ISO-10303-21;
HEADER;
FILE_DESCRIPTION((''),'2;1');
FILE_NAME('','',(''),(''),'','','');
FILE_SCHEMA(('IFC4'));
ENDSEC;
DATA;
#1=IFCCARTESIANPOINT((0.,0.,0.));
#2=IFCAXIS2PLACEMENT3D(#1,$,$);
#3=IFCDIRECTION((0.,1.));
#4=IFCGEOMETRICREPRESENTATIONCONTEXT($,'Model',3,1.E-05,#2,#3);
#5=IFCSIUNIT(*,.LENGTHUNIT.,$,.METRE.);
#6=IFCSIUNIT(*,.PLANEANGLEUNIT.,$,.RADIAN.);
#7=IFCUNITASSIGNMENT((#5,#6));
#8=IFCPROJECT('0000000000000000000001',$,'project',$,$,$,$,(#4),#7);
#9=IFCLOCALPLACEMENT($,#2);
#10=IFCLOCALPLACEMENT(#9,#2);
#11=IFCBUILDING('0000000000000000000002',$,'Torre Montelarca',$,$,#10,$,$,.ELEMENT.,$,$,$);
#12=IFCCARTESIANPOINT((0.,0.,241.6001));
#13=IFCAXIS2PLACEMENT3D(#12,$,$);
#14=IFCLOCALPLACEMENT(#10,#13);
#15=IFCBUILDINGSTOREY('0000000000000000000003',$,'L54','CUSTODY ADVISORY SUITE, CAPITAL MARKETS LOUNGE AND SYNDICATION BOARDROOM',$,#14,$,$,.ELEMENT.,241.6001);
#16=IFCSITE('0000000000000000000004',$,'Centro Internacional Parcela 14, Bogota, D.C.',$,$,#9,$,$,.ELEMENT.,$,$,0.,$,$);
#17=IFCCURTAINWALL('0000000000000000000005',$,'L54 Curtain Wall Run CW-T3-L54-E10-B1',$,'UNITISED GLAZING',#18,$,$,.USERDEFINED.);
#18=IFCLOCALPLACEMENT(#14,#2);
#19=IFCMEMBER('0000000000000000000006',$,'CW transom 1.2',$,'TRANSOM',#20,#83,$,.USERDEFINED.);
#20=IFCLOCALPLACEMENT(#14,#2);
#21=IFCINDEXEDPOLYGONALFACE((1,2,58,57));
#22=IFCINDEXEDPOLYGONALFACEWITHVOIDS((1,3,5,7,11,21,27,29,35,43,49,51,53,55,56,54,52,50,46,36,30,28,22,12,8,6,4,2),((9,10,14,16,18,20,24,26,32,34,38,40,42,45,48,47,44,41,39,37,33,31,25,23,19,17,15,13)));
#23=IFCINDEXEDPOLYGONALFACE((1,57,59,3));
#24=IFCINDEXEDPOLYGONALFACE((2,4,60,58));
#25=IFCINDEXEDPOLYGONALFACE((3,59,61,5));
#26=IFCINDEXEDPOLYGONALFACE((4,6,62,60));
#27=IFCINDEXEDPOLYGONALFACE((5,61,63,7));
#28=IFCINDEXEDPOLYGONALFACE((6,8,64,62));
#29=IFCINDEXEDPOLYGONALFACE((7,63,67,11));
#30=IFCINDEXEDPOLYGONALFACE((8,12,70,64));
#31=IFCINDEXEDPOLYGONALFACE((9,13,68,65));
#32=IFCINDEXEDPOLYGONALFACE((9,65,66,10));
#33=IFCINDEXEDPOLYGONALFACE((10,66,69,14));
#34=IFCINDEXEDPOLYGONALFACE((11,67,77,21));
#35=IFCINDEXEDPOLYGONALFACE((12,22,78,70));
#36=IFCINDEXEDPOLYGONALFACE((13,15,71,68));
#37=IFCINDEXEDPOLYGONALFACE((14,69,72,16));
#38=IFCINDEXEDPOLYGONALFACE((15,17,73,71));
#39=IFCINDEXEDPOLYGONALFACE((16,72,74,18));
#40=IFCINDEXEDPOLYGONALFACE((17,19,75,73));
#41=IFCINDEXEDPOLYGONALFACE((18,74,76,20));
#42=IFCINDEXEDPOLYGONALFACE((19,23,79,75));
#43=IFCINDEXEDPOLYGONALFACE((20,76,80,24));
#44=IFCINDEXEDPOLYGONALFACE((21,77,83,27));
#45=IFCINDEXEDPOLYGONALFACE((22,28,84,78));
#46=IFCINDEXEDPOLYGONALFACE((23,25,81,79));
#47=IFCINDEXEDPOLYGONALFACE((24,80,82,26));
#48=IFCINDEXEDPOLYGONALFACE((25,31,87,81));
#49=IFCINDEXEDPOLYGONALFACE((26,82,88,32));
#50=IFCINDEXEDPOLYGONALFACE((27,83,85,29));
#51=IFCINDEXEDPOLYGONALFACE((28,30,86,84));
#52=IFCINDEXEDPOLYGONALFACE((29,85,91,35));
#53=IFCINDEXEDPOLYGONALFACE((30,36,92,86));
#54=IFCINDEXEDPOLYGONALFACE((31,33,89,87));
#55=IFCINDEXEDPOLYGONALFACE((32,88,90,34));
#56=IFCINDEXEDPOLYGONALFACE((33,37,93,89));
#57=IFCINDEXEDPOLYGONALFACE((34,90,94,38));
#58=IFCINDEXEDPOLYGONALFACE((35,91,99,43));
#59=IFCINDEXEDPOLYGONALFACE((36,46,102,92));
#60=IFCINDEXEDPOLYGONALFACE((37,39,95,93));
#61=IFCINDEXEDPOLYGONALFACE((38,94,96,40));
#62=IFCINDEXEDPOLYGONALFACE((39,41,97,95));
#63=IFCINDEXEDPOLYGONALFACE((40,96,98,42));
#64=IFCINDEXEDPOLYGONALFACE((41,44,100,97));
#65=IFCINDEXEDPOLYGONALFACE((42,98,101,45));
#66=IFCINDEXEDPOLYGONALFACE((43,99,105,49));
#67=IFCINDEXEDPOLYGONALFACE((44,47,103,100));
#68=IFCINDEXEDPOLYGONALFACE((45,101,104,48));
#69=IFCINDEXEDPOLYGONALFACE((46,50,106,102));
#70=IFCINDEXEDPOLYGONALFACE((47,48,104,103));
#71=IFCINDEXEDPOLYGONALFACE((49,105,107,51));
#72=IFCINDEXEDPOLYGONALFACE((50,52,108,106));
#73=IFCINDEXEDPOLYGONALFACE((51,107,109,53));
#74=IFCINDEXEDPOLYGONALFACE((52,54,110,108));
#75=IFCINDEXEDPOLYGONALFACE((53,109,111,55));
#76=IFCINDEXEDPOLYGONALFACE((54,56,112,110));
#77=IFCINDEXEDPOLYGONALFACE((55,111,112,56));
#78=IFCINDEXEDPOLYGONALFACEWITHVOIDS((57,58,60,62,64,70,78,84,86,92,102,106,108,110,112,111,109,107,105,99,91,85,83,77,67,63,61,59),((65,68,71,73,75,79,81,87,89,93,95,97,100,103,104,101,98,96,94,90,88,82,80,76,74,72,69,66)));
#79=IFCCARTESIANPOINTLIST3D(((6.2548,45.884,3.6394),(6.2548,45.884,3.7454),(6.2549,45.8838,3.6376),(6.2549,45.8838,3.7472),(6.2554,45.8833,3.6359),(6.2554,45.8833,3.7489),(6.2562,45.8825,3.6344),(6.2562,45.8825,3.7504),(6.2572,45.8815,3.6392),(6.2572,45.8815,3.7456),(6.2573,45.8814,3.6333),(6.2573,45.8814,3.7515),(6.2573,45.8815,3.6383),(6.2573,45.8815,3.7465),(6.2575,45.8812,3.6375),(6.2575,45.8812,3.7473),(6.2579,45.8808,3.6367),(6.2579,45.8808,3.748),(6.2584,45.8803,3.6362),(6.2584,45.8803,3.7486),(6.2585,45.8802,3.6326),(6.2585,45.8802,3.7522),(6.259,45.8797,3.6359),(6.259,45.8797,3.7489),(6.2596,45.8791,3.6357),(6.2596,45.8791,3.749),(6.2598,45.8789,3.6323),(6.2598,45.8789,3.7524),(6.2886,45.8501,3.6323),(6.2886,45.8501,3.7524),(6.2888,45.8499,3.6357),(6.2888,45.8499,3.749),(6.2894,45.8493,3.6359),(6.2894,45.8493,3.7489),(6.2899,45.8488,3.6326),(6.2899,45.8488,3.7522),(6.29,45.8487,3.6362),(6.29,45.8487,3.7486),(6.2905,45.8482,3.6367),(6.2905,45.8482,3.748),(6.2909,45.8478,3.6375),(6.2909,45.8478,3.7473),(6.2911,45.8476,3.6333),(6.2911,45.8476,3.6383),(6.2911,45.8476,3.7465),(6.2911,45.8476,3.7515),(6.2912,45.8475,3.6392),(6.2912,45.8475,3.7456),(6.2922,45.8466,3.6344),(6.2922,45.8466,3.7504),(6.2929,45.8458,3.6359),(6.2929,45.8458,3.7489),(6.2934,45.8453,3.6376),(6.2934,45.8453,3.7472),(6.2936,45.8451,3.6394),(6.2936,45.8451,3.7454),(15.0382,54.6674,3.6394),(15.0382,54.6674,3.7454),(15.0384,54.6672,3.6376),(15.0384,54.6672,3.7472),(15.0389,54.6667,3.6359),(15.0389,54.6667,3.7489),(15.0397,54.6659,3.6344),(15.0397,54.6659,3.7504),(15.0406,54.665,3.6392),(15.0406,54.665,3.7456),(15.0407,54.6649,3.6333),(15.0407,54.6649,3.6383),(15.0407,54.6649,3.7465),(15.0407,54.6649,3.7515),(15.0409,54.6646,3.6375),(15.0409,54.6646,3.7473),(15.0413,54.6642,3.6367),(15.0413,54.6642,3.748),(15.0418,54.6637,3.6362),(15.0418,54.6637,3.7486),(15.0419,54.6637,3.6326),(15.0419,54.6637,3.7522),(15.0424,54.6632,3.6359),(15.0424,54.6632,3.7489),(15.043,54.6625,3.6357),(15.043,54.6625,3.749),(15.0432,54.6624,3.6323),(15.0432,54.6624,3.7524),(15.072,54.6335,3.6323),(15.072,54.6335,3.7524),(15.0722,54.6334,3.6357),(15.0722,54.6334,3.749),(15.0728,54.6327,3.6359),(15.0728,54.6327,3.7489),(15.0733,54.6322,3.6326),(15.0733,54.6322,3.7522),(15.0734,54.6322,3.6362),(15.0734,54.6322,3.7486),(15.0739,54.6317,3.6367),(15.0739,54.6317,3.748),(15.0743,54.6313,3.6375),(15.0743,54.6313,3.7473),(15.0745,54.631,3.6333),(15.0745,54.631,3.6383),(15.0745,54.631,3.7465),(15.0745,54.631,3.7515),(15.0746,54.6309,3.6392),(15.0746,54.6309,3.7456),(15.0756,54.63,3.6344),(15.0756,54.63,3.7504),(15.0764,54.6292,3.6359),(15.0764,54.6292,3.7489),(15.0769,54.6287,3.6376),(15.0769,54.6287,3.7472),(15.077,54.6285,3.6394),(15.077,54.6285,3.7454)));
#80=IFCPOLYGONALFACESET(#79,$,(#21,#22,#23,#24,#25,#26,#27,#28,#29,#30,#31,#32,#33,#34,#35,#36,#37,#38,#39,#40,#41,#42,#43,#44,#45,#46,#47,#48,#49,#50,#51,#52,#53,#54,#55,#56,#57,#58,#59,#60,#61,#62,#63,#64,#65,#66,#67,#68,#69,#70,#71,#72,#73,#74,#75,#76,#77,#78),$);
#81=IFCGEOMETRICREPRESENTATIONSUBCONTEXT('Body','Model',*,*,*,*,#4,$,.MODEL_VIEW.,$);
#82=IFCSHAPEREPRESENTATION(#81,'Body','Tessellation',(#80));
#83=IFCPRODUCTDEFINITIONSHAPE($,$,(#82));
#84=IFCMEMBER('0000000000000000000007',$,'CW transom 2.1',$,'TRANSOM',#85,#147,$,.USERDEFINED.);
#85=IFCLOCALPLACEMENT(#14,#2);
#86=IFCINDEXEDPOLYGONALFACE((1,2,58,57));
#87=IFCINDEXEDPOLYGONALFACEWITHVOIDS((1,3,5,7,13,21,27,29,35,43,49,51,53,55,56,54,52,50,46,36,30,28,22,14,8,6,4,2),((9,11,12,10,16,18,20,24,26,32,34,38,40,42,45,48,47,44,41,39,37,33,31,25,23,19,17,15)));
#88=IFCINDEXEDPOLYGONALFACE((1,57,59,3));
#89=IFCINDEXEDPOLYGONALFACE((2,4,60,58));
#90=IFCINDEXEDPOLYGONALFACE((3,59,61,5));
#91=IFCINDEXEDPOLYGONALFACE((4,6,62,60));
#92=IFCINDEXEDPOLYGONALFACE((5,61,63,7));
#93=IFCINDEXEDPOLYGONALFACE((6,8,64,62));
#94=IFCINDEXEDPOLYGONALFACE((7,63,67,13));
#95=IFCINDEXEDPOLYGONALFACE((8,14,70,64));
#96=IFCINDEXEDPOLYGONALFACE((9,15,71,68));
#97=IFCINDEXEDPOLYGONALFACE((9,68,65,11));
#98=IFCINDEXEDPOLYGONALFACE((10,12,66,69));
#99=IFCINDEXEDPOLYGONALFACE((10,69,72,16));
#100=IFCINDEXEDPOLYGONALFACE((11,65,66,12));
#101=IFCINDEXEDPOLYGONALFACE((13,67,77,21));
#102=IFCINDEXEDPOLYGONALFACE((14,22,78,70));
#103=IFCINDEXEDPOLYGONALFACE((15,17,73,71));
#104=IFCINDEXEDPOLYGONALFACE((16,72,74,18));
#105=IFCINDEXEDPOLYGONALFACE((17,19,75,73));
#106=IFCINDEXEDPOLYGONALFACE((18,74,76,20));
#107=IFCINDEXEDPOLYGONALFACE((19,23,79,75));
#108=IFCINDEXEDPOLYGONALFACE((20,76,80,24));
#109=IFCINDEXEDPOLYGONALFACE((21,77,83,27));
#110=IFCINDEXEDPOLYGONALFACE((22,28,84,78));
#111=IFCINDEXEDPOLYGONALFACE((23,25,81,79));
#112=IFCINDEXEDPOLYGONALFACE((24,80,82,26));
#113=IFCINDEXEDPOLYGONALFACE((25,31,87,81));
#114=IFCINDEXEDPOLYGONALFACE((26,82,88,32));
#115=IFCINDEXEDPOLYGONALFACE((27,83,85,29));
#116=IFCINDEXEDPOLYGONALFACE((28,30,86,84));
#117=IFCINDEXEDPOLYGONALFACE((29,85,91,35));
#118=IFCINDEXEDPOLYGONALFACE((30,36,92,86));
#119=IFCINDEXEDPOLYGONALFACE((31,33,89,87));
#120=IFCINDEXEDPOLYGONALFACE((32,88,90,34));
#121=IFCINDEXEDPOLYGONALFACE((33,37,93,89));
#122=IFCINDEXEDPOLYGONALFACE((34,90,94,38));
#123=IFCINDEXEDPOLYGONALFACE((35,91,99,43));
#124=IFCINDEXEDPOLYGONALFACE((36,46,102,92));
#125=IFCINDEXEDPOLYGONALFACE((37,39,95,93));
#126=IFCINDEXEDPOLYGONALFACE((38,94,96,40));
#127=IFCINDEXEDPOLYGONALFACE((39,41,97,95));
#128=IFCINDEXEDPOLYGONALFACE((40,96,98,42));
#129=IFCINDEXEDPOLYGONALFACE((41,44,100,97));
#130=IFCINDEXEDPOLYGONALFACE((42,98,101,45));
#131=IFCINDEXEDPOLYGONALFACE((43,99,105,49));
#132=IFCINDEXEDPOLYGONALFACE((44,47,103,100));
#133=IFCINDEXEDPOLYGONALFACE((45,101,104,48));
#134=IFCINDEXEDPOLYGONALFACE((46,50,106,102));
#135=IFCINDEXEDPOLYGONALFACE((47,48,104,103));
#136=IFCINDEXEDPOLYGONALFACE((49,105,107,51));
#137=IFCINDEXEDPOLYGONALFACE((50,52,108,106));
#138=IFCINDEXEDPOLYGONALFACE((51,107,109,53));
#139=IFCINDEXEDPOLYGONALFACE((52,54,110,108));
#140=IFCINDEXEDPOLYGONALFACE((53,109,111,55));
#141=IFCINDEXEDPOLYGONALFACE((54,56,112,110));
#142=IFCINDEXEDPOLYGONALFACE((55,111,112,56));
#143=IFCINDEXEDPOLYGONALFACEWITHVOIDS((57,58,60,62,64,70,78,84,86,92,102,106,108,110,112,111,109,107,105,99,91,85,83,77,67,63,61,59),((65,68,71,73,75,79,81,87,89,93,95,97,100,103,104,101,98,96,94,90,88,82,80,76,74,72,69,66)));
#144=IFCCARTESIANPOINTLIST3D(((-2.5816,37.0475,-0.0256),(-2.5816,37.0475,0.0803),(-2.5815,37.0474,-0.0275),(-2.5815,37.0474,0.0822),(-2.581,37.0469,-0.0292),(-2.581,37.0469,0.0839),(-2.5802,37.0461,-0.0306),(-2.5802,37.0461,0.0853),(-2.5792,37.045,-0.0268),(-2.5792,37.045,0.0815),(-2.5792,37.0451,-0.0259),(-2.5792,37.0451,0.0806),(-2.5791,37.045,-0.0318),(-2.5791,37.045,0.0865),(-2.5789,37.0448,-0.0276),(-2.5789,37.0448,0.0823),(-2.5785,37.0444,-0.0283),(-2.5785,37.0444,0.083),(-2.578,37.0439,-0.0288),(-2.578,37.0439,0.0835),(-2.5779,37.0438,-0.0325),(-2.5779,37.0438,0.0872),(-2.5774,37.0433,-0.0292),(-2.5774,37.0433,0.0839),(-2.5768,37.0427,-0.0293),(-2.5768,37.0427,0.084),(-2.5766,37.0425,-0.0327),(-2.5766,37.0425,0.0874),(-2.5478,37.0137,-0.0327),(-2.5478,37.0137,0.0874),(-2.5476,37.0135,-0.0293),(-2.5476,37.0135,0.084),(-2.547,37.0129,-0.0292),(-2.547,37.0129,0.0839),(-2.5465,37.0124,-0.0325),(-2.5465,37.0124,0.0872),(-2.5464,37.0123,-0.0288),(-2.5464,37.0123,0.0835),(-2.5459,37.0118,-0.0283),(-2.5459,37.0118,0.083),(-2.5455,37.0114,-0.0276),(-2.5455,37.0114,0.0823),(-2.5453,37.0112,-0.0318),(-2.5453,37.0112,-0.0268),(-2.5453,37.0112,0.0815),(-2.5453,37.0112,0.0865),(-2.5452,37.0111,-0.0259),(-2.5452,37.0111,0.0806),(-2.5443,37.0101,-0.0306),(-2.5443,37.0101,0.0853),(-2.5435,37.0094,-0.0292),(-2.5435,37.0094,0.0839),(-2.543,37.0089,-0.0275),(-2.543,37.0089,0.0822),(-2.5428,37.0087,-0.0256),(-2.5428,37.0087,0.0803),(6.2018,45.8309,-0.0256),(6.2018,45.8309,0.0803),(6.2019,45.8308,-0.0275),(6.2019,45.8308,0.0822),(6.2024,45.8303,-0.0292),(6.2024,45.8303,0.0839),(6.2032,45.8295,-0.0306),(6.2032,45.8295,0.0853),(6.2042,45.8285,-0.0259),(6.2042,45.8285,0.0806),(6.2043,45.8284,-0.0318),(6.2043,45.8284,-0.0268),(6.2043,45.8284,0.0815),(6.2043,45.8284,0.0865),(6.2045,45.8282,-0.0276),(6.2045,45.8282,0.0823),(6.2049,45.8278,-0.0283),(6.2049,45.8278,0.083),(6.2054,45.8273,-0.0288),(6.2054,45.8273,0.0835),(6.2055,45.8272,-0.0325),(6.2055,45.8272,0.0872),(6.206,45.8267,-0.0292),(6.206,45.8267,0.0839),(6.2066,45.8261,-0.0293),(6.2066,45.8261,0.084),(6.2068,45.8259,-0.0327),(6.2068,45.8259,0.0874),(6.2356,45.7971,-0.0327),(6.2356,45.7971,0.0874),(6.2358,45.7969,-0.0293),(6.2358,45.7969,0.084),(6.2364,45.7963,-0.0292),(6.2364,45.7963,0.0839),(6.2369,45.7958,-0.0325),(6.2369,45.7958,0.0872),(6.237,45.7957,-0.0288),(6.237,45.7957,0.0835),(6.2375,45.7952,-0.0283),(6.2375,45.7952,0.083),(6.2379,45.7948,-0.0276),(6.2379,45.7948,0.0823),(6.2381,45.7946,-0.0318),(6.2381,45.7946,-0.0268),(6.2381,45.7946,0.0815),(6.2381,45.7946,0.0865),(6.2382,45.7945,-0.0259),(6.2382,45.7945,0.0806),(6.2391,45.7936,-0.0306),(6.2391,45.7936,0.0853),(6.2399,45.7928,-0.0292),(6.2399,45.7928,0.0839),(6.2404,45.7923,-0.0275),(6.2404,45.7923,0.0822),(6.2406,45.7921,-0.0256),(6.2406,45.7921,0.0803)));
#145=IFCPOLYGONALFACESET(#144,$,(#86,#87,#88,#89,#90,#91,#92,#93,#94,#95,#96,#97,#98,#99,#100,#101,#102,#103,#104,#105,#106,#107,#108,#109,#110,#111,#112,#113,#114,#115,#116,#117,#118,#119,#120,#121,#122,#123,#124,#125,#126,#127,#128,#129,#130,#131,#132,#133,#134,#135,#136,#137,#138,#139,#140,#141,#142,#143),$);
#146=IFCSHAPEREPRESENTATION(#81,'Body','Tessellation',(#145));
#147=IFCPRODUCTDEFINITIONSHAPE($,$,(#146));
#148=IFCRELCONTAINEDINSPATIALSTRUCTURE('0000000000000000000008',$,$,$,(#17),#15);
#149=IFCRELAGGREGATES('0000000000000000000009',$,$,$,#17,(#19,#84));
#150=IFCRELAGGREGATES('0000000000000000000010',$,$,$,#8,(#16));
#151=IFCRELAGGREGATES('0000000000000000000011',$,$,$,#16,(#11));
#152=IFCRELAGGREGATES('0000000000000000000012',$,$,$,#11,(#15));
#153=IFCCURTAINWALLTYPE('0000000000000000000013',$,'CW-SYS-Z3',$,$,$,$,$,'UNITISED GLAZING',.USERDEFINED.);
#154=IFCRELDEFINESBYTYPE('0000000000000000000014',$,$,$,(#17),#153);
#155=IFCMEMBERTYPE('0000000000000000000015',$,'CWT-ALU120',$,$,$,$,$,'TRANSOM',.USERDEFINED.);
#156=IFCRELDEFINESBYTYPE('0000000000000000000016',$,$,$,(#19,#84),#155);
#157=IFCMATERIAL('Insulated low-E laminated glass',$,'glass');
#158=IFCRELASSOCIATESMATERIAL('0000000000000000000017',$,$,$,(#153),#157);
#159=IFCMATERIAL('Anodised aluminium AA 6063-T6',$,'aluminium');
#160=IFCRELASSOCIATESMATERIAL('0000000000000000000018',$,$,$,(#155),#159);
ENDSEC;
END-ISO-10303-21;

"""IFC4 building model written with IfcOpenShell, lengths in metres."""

from ifc_helpers import new_model, si_unit, direction, frame, origin, origin_2d, place, context, subcontext, project, spatial, hollow_rectangle, extrude, source, transform, mapped, material, material_profile, profile_set, type_object, element, aggregate, save


model = new_model("IFC4")

# Units and contexts
model_context = context("Model", 3, precision=1e-05, world=origin(), true_north=direction((0.0, 1.0)))
body_context = subcontext(model_context, "Body", "Model", "MODEL_VIEW")
ifc_project = project(units=[si_unit("LENGTHUNIT", "METRE"), si_unit("PLANEANGLEUNIT", "RADIAN")], contexts=[model_context])

# Site, building, storey
site_placement = place(None, origin())
site = spatial("IfcSite", under=ifc_project, at=site_placement, Name="Centro Internacional Parcela 14, Bogota, D.C.", CompositionType="ELEMENT", RefElevation=0.0)
building_placement = place(site_placement, origin())
building = spatial("IfcBuilding", under=site, at=building_placement, Name="Torre Montelarca", CompositionType="ELEMENT")
storey_placement = place(building_placement, frame((0.0, 0.0, 241.6001)))
storey = spatial("IfcBuildingStorey", under=building, at=storey_placement, Name="L54", Description="CUSTODY ADVISORY SUITE, CAPITAL MARKETS LOUNGE AND SYNDICATION BOARDROOM", CompositionType="ELEMENT", Elevation=241.6001)

# Curtain wall, members
ifc_material_1 = material(Name="Insulated low-E laminated glass", Category="glass")
curtain_wall_type = type_object("IfcCurtainWallType", Name="CW-SYS-Z3", ElementType="UNITISED GLAZING", PredefinedType="USERDEFINED", material=ifc_material_1)
curtain_wall_1_placement = place(storey_placement, origin())
curtain_wall_1 = element("IfcCurtainWall", 1, at=curtain_wall_1_placement, inside=storey, type_object=curtain_wall_type, Name="L54 Curtain Wall Run CW-T3-L54-E10-B1", ObjectType="UNITISED GLAZING", PredefinedType="USERDEFINED")
ifc_material_2 = material(Name="Anodised aluminium AA 6063-T6", Category="aluminium")
ifc_material_profile_1 = material_profile(ifc_material_2, hollow_rectangle(XDim=0.0549, YDim=0.1201, WallThickness=0.0034, InnerFilletRadius=0.0034, OuterFilletRadius=0.0071, at=origin_2d()), Name="ALU55X120X3.5", Category="aluminium")
ifc_profile_set_1 = profile_set([ifc_material_profile_1], Name="Anodised aluminium AA 6063-T6")
member_type_1 = type_object("IfcMemberType", Name="CWT-ALU120", ElementType="TRANSOM", PredefinedType="USERDEFINED", material=ifc_profile_set_1)
shared_shape_1 = source(origin(), body_context, "Body", "SweptSolid", [
    extrude(hollow_rectangle(XDim=0.0549, YDim=0.1201, WallThickness=0.0034, InnerFilletRadius=0.0034, OuterFilletRadius=0.0071, at=origin_2d()), origin(), (0.0, 0.0, 1.0), 12.4216),
])
member_1_placement = place(storey_placement, frame((15.0576, 54.6479, 3.6924), z_axis=(-0.707107, -0.707107, 0.0), x_axis=(0.707107, -0.707107, 0.0)))
member_1 = element("IfcMember", 2, at=member_1_placement, type_object=member_type_1, Name="CW transom 1.2", ObjectType="TRANSOM", PredefinedType="USERDEFINED", context=body_context, shape_type="MappedRepresentation", body=[
    mapped(shared_shape_1, transform((0.0, 0.0, 0.0), scale=1.0)),
])
member_2_placement = place(storey_placement, frame((6.2212, 45.8115, 0.0273), z_axis=(-0.707107, -0.707107, 0.0), x_axis=(0.707107, -0.707107, 0.0)))
member_2 = element("IfcMember", 3, at=member_2_placement, type_object=member_type_1, Name="CW transom 2.1", ObjectType="TRANSOM", PredefinedType="USERDEFINED", context=body_context, shape_type="MappedRepresentation", body=[
    mapped(shared_shape_1, transform((0.0, 0.0, 0.0), scale=1.0)),
])

aggregate(curtain_wall_1, [member_1, member_2])

save(model, "model.ifc")
